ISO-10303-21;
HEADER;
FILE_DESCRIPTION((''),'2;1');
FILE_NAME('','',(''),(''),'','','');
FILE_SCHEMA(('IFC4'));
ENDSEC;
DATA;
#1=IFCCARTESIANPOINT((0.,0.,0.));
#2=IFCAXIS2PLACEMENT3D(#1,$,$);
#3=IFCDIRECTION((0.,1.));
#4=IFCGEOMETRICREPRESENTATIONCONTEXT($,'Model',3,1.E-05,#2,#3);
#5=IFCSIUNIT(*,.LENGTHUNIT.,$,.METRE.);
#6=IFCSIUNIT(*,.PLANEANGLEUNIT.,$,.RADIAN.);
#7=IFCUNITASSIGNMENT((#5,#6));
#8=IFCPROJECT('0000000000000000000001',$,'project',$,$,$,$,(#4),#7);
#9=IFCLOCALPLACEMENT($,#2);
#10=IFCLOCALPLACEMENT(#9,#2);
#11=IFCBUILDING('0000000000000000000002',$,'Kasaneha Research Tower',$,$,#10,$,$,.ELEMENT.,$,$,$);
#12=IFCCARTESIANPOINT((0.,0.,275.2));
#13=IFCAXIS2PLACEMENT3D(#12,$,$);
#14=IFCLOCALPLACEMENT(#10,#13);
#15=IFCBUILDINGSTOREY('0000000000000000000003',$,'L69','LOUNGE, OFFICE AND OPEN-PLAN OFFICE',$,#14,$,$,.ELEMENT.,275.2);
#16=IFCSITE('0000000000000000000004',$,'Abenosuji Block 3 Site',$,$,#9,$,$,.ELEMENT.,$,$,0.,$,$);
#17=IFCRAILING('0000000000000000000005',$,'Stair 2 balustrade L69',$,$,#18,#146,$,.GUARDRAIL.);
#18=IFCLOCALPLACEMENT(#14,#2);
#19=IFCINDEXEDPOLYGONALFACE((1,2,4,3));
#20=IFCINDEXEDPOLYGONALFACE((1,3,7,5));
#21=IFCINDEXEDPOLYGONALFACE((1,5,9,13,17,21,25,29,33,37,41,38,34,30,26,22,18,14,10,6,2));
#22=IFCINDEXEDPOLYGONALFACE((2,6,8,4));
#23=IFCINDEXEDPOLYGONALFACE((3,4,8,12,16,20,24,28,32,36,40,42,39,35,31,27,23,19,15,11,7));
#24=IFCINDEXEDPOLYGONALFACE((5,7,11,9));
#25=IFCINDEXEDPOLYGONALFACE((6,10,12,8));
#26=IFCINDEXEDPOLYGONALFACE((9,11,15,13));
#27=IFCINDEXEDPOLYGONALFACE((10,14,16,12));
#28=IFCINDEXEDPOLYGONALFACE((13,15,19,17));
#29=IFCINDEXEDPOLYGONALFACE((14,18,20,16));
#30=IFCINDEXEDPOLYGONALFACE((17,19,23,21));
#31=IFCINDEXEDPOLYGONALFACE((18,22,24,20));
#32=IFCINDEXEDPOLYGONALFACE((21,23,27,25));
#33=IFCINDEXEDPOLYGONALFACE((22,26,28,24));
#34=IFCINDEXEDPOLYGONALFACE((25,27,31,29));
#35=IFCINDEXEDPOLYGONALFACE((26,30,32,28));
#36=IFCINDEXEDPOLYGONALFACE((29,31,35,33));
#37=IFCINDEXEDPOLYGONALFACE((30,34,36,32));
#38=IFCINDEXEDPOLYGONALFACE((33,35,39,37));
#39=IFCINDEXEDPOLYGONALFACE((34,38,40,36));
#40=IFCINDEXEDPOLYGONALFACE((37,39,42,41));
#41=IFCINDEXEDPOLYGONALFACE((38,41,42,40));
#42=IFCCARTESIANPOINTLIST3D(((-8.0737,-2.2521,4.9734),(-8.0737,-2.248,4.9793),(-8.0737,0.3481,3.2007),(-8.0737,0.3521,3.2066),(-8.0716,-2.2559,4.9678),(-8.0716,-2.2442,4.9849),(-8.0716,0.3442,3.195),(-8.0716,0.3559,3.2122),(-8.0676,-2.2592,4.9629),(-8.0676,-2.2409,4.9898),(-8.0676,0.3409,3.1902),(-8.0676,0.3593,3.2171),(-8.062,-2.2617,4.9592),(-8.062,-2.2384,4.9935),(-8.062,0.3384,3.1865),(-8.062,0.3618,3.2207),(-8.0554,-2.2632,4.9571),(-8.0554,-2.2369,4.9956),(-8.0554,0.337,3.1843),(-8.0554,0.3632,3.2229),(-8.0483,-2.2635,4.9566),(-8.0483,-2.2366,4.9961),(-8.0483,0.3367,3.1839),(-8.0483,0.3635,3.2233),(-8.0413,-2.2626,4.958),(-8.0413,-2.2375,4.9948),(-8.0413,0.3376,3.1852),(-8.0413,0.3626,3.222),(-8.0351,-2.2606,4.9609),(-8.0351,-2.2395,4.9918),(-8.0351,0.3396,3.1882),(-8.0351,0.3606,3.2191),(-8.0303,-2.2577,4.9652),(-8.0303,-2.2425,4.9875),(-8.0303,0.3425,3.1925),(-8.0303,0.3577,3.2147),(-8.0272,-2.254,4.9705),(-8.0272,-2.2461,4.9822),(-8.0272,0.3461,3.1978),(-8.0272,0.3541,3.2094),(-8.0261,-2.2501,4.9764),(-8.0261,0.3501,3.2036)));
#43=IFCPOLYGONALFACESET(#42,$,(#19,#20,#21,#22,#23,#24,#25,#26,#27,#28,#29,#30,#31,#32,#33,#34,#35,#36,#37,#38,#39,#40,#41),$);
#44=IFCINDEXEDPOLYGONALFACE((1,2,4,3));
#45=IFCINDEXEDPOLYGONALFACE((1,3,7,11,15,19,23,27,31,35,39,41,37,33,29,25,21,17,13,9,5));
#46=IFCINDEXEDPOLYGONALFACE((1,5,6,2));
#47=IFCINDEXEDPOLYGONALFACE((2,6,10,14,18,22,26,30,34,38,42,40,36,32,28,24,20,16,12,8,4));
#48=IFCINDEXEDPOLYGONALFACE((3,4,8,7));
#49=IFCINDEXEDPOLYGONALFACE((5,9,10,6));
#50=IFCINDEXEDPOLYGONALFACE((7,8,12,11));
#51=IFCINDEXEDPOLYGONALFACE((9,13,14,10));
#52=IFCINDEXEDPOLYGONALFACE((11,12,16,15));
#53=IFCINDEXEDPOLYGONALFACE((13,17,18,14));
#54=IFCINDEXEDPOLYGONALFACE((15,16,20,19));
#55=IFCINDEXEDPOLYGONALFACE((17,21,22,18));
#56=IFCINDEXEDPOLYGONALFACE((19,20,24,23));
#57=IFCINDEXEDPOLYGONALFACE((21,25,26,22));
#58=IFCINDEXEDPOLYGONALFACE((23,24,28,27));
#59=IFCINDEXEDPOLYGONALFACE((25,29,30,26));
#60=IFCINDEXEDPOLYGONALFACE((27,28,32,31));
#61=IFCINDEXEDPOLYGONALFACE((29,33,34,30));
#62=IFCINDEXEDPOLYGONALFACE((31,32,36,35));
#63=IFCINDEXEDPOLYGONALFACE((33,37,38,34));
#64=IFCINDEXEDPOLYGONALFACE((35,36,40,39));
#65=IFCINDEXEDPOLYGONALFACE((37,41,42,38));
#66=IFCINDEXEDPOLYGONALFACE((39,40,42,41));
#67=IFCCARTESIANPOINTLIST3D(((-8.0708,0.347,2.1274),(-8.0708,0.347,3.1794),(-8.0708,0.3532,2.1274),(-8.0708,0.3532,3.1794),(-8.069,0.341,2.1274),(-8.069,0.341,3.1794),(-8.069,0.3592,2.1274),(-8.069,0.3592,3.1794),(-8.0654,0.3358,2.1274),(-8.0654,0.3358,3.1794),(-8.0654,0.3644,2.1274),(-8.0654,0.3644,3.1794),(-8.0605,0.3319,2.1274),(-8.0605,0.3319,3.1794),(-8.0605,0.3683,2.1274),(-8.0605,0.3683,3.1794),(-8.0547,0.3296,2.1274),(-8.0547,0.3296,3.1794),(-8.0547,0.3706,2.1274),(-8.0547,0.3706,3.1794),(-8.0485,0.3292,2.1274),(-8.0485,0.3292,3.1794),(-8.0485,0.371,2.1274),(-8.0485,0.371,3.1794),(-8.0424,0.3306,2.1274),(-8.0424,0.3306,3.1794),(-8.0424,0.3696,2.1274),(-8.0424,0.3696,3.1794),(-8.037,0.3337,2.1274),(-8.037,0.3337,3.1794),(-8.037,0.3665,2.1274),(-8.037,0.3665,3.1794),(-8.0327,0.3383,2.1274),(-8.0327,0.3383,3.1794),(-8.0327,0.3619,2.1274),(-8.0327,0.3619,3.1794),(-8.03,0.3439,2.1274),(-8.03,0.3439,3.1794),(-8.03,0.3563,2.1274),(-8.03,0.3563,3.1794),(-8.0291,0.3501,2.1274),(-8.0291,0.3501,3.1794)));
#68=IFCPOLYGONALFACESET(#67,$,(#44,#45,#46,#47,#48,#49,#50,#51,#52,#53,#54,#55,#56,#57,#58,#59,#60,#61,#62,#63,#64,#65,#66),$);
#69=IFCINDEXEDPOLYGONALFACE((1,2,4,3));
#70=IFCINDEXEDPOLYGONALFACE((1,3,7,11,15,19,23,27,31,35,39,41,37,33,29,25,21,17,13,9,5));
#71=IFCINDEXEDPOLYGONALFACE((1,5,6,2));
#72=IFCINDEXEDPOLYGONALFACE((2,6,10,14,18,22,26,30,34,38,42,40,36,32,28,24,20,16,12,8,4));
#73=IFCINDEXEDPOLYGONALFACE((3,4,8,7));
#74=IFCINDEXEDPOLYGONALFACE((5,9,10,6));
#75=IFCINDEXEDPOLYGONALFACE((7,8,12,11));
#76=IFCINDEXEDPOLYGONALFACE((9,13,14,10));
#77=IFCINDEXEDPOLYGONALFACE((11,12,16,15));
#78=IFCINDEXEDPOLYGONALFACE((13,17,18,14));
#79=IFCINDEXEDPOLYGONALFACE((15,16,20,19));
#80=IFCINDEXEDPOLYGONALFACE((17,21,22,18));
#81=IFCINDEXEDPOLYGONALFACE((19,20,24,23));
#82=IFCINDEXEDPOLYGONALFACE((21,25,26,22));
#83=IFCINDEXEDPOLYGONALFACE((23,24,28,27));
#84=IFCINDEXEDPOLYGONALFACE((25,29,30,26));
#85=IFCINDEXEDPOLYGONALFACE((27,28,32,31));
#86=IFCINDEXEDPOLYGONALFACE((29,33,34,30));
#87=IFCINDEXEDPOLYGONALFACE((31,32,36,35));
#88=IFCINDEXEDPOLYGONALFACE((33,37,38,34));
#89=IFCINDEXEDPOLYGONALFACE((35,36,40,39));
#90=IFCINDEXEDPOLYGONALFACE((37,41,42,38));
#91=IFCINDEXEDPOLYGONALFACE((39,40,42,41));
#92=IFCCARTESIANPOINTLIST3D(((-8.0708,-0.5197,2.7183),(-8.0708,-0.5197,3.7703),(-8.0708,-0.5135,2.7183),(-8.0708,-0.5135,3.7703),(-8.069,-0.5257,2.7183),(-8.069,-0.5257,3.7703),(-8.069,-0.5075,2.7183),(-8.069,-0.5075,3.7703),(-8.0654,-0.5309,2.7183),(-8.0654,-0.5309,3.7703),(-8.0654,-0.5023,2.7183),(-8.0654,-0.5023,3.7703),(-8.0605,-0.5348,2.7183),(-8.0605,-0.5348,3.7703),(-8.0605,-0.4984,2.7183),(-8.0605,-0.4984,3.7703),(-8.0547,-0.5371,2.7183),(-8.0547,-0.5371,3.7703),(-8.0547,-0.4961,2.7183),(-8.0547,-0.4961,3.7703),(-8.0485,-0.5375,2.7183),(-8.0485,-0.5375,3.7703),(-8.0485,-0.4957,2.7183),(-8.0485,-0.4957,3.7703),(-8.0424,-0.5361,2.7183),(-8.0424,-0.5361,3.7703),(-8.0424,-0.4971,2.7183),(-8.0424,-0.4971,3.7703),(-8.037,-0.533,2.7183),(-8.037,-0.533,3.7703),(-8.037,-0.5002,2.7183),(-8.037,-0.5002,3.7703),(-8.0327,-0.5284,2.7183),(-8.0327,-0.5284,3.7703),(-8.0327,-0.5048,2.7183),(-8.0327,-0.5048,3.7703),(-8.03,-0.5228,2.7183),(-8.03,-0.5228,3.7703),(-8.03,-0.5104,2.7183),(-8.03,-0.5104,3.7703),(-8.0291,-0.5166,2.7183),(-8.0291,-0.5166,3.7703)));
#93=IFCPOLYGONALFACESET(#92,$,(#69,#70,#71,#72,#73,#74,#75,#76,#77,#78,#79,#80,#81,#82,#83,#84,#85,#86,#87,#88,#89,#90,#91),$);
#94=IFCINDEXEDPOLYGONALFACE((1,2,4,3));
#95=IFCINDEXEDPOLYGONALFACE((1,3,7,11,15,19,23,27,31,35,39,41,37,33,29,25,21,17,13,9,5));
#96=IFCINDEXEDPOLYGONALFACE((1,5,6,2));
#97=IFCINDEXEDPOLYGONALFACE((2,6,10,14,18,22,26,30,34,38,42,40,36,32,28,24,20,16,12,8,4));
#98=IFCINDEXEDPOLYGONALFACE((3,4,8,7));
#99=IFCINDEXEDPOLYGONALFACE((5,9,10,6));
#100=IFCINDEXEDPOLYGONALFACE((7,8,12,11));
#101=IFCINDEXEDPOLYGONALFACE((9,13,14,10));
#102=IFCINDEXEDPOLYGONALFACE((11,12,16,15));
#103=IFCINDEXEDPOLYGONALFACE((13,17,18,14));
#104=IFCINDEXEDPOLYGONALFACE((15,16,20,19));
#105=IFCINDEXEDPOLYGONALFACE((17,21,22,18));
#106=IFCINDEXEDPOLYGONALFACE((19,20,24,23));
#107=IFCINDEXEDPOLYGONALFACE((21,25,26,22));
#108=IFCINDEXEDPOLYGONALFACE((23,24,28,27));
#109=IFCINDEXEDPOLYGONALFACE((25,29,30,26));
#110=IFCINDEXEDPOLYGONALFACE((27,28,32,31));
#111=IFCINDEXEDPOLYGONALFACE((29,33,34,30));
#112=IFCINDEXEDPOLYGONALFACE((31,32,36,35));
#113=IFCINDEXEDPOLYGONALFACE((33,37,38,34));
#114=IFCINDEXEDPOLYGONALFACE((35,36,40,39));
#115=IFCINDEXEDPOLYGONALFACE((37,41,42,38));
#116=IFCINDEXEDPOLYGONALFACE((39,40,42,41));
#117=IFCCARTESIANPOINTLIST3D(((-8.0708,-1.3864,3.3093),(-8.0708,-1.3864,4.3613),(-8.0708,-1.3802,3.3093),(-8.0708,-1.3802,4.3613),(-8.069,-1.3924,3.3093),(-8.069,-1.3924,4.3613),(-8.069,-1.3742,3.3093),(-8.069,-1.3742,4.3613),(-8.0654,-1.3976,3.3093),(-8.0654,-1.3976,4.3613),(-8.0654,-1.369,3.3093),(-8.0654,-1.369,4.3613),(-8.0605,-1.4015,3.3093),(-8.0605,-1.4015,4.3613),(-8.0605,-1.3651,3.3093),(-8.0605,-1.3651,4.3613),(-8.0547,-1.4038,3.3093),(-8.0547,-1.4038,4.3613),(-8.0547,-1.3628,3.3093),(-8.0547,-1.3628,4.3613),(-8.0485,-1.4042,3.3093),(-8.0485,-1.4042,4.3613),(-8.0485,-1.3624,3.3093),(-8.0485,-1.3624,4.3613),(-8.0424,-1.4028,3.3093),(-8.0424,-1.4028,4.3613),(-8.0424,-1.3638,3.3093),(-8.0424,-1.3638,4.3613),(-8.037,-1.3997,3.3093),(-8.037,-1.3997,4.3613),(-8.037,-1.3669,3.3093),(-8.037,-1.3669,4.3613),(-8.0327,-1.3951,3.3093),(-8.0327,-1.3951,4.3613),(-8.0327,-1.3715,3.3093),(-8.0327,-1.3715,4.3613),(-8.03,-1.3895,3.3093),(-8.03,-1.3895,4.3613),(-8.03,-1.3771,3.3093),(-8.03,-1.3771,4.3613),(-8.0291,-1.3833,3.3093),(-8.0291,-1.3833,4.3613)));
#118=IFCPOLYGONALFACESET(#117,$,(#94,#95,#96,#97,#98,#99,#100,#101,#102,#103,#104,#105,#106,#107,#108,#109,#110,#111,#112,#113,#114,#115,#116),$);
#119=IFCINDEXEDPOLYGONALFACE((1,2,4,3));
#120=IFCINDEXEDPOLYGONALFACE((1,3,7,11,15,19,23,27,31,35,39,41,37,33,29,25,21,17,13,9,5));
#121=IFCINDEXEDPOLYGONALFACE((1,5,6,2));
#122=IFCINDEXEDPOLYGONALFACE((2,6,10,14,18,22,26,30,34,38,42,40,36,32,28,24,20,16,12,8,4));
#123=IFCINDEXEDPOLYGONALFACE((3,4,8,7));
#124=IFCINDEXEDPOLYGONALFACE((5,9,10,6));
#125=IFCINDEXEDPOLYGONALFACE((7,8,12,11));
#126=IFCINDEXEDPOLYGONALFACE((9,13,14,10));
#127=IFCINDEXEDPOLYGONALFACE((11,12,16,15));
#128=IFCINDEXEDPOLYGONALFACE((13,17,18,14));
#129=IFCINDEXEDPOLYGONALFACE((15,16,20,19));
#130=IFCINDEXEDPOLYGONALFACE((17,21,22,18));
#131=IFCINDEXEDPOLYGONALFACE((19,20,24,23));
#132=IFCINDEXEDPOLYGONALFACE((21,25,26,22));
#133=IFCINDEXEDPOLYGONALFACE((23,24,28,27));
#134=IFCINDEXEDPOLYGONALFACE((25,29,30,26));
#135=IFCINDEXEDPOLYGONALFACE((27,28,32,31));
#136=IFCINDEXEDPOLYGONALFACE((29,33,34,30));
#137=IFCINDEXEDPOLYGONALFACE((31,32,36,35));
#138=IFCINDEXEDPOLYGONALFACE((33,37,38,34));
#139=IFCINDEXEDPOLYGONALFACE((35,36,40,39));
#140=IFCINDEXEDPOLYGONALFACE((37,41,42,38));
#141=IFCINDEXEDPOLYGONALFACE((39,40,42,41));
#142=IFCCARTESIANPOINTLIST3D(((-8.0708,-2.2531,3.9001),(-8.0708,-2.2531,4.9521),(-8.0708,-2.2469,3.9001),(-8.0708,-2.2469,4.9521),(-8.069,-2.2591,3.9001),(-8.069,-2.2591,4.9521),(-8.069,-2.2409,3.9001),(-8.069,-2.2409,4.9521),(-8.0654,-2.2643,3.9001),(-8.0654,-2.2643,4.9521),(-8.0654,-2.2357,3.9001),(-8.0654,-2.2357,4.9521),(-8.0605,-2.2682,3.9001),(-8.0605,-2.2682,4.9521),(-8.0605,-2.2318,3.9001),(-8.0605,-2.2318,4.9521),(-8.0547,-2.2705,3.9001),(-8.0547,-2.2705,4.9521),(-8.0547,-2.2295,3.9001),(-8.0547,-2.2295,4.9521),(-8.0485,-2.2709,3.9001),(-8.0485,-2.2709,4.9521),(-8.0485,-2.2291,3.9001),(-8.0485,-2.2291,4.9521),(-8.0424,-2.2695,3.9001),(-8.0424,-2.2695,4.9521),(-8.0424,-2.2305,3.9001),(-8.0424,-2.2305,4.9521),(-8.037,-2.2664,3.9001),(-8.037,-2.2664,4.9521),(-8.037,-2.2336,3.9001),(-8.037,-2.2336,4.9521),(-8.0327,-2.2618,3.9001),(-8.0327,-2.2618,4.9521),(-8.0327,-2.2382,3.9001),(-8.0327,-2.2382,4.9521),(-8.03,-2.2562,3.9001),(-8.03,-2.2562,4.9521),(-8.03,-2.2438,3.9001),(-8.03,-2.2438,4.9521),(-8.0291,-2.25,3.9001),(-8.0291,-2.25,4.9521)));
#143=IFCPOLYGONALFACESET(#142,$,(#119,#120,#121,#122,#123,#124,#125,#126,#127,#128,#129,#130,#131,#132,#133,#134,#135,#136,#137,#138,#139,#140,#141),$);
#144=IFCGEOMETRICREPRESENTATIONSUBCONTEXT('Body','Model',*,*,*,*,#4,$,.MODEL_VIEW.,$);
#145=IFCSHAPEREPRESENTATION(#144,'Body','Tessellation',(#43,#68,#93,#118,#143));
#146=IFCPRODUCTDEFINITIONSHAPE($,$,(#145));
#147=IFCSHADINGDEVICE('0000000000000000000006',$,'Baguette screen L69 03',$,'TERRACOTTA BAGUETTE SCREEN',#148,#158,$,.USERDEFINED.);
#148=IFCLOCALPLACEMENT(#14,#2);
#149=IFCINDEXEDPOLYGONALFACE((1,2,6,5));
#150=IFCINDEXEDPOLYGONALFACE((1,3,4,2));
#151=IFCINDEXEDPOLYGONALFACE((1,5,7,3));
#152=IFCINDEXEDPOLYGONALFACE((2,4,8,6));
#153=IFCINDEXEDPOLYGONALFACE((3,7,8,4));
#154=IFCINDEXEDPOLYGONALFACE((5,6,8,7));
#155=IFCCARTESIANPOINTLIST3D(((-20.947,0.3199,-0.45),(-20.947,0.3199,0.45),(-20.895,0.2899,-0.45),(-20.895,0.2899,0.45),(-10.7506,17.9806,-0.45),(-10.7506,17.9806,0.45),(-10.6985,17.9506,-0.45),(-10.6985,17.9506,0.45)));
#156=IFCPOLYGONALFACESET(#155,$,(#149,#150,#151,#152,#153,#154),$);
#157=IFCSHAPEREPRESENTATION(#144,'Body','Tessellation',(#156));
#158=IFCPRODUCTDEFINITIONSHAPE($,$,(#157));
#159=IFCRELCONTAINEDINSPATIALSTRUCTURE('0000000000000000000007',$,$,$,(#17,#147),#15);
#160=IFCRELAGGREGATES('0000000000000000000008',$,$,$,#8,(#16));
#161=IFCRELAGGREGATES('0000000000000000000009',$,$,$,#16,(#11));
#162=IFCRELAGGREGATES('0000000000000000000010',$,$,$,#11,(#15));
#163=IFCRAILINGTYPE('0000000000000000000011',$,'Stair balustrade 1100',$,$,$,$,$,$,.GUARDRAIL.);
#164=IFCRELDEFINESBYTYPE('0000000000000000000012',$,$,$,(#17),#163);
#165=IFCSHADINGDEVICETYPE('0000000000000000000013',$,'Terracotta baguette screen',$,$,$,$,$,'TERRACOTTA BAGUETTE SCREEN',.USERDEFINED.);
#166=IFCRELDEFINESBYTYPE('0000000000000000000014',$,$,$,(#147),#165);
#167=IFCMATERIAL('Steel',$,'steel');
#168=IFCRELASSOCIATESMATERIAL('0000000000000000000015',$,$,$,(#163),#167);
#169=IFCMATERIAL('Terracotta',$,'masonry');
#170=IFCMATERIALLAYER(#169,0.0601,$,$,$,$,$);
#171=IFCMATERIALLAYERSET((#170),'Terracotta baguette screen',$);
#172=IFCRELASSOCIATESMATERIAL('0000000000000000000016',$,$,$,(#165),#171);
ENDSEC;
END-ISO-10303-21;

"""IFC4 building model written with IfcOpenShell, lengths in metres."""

from ifc_helpers import new_model, si_unit, direction, frame, origin, origin_2d, place, context, subcontext, project, spatial, rectangle, circle, extrude, material, layer, layer_set, type_object, element, save


model = new_model("IFC4")

# Units and contexts
model_context = context("Model", 3, precision=1e-05, world=origin(), true_north=direction((0.0, 1.0)))
body_context = subcontext(model_context, "Body", "Model", "MODEL_VIEW")
ifc_project = project(units=[si_unit("LENGTHUNIT", "METRE"), si_unit("PLANEANGLEUNIT", "RADIAN")], contexts=[model_context])

# Site, building, storey
site_placement = place(None, origin())
site = spatial("IfcSite", under=ifc_project, at=site_placement, Name="Abenosuji Block 3 Site", CompositionType="ELEMENT", RefElevation=0.0)
building_placement = place(site_placement, origin())
building = spatial("IfcBuilding", under=site, at=building_placement, Name="Kasaneha Research Tower", CompositionType="ELEMENT")
storey_placement = place(building_placement, frame((0.0, 0.0, 275.2)))
storey = spatial("IfcBuildingStorey", under=building, at=storey_placement, Name="L69", Description="LOUNGE, OFFICE AND OPEN-PLAN OFFICE", CompositionType="ELEMENT", Elevation=275.2)

# Railing
ifc_material_1 = material(Name="Steel", Category="steel")
railing_type = type_object("IfcRailingType", Name="Stair balustrade 1100", PredefinedType="GUARDRAIL", material=ifc_material_1)
railing_placement = place(storey_placement, frame((-8.05, 0.3501, 2.1274)))
element("IfcRailing", 1, at=railing_placement, inside=storey, type_object=railing_type, Name="Stair 2 balustrade L69", PredefinedType="GUARDRAIL", context=body_context, shape_type="SweptSolid", body=[
    extrude(circle(Radius=0.0239, at=origin_2d()), frame((0.0, 0.0, 1.0762), z_axis=(0.0, -0.82624, 0.563318), x_axis=(1.0, 0.0, 0.0)), (0.0, 0.0, 1.0), 3.147),
    extrude(circle(Radius=0.021, at=origin_2d()), origin(), (0.0, 0.0, 1.0), 1.052),
    extrude(circle(Radius=0.021, at=origin_2d()), frame((0.0, -0.8667, 0.5908)), (0.0, 0.0, 1.0), 1.052),
    extrude(circle(Radius=0.021, at=origin_2d()), frame((0.0, -1.7334, 1.1819)), (0.0, 0.0, 1.0), 1.052),
    extrude(circle(Radius=0.021, at=origin_2d()), frame((0.0, -2.6001, 1.7727)), (0.0, 0.0, 1.0), 1.052),
])

# Shading device
ifc_material_2 = material(Name="Terracotta", Category="masonry")
ifc_layer_1 = layer(ifc_material_2, 0.0601)
ifc_layer_set_1 = layer_set([ifc_layer_1], Name="Terracotta baguette screen")
shading_device_type = type_object("IfcShadingDeviceType", Name="Terracotta baguette screen", ElementType="TERRACOTTA BAGUETTE SCREEN", PredefinedType="USERDEFINED", material=ifc_layer_set_1)
shading_device_placement = place(storey_placement, frame((-15.8228, 9.1353, -0.45), z_axis=(0.0, 0.0, 1.0), x_axis=(-0.5, -0.866025, 0.0)))
element("IfcShadingDevice", 2, at=shading_device_placement, inside=storey, type_object=shading_device_type, Name="Baguette screen L69 03", ObjectType="TERRACOTTA BAGUETTE SCREEN", PredefinedType="USERDEFINED", context=body_context, shape_type="SweptSolid", body=[
    extrude(rectangle(XDim=20.3928, YDim=0.0601, at=origin_2d()), origin(), (0.0, 0.0, 1.0), 0.8999),
])

save(model, "model.ifc")
